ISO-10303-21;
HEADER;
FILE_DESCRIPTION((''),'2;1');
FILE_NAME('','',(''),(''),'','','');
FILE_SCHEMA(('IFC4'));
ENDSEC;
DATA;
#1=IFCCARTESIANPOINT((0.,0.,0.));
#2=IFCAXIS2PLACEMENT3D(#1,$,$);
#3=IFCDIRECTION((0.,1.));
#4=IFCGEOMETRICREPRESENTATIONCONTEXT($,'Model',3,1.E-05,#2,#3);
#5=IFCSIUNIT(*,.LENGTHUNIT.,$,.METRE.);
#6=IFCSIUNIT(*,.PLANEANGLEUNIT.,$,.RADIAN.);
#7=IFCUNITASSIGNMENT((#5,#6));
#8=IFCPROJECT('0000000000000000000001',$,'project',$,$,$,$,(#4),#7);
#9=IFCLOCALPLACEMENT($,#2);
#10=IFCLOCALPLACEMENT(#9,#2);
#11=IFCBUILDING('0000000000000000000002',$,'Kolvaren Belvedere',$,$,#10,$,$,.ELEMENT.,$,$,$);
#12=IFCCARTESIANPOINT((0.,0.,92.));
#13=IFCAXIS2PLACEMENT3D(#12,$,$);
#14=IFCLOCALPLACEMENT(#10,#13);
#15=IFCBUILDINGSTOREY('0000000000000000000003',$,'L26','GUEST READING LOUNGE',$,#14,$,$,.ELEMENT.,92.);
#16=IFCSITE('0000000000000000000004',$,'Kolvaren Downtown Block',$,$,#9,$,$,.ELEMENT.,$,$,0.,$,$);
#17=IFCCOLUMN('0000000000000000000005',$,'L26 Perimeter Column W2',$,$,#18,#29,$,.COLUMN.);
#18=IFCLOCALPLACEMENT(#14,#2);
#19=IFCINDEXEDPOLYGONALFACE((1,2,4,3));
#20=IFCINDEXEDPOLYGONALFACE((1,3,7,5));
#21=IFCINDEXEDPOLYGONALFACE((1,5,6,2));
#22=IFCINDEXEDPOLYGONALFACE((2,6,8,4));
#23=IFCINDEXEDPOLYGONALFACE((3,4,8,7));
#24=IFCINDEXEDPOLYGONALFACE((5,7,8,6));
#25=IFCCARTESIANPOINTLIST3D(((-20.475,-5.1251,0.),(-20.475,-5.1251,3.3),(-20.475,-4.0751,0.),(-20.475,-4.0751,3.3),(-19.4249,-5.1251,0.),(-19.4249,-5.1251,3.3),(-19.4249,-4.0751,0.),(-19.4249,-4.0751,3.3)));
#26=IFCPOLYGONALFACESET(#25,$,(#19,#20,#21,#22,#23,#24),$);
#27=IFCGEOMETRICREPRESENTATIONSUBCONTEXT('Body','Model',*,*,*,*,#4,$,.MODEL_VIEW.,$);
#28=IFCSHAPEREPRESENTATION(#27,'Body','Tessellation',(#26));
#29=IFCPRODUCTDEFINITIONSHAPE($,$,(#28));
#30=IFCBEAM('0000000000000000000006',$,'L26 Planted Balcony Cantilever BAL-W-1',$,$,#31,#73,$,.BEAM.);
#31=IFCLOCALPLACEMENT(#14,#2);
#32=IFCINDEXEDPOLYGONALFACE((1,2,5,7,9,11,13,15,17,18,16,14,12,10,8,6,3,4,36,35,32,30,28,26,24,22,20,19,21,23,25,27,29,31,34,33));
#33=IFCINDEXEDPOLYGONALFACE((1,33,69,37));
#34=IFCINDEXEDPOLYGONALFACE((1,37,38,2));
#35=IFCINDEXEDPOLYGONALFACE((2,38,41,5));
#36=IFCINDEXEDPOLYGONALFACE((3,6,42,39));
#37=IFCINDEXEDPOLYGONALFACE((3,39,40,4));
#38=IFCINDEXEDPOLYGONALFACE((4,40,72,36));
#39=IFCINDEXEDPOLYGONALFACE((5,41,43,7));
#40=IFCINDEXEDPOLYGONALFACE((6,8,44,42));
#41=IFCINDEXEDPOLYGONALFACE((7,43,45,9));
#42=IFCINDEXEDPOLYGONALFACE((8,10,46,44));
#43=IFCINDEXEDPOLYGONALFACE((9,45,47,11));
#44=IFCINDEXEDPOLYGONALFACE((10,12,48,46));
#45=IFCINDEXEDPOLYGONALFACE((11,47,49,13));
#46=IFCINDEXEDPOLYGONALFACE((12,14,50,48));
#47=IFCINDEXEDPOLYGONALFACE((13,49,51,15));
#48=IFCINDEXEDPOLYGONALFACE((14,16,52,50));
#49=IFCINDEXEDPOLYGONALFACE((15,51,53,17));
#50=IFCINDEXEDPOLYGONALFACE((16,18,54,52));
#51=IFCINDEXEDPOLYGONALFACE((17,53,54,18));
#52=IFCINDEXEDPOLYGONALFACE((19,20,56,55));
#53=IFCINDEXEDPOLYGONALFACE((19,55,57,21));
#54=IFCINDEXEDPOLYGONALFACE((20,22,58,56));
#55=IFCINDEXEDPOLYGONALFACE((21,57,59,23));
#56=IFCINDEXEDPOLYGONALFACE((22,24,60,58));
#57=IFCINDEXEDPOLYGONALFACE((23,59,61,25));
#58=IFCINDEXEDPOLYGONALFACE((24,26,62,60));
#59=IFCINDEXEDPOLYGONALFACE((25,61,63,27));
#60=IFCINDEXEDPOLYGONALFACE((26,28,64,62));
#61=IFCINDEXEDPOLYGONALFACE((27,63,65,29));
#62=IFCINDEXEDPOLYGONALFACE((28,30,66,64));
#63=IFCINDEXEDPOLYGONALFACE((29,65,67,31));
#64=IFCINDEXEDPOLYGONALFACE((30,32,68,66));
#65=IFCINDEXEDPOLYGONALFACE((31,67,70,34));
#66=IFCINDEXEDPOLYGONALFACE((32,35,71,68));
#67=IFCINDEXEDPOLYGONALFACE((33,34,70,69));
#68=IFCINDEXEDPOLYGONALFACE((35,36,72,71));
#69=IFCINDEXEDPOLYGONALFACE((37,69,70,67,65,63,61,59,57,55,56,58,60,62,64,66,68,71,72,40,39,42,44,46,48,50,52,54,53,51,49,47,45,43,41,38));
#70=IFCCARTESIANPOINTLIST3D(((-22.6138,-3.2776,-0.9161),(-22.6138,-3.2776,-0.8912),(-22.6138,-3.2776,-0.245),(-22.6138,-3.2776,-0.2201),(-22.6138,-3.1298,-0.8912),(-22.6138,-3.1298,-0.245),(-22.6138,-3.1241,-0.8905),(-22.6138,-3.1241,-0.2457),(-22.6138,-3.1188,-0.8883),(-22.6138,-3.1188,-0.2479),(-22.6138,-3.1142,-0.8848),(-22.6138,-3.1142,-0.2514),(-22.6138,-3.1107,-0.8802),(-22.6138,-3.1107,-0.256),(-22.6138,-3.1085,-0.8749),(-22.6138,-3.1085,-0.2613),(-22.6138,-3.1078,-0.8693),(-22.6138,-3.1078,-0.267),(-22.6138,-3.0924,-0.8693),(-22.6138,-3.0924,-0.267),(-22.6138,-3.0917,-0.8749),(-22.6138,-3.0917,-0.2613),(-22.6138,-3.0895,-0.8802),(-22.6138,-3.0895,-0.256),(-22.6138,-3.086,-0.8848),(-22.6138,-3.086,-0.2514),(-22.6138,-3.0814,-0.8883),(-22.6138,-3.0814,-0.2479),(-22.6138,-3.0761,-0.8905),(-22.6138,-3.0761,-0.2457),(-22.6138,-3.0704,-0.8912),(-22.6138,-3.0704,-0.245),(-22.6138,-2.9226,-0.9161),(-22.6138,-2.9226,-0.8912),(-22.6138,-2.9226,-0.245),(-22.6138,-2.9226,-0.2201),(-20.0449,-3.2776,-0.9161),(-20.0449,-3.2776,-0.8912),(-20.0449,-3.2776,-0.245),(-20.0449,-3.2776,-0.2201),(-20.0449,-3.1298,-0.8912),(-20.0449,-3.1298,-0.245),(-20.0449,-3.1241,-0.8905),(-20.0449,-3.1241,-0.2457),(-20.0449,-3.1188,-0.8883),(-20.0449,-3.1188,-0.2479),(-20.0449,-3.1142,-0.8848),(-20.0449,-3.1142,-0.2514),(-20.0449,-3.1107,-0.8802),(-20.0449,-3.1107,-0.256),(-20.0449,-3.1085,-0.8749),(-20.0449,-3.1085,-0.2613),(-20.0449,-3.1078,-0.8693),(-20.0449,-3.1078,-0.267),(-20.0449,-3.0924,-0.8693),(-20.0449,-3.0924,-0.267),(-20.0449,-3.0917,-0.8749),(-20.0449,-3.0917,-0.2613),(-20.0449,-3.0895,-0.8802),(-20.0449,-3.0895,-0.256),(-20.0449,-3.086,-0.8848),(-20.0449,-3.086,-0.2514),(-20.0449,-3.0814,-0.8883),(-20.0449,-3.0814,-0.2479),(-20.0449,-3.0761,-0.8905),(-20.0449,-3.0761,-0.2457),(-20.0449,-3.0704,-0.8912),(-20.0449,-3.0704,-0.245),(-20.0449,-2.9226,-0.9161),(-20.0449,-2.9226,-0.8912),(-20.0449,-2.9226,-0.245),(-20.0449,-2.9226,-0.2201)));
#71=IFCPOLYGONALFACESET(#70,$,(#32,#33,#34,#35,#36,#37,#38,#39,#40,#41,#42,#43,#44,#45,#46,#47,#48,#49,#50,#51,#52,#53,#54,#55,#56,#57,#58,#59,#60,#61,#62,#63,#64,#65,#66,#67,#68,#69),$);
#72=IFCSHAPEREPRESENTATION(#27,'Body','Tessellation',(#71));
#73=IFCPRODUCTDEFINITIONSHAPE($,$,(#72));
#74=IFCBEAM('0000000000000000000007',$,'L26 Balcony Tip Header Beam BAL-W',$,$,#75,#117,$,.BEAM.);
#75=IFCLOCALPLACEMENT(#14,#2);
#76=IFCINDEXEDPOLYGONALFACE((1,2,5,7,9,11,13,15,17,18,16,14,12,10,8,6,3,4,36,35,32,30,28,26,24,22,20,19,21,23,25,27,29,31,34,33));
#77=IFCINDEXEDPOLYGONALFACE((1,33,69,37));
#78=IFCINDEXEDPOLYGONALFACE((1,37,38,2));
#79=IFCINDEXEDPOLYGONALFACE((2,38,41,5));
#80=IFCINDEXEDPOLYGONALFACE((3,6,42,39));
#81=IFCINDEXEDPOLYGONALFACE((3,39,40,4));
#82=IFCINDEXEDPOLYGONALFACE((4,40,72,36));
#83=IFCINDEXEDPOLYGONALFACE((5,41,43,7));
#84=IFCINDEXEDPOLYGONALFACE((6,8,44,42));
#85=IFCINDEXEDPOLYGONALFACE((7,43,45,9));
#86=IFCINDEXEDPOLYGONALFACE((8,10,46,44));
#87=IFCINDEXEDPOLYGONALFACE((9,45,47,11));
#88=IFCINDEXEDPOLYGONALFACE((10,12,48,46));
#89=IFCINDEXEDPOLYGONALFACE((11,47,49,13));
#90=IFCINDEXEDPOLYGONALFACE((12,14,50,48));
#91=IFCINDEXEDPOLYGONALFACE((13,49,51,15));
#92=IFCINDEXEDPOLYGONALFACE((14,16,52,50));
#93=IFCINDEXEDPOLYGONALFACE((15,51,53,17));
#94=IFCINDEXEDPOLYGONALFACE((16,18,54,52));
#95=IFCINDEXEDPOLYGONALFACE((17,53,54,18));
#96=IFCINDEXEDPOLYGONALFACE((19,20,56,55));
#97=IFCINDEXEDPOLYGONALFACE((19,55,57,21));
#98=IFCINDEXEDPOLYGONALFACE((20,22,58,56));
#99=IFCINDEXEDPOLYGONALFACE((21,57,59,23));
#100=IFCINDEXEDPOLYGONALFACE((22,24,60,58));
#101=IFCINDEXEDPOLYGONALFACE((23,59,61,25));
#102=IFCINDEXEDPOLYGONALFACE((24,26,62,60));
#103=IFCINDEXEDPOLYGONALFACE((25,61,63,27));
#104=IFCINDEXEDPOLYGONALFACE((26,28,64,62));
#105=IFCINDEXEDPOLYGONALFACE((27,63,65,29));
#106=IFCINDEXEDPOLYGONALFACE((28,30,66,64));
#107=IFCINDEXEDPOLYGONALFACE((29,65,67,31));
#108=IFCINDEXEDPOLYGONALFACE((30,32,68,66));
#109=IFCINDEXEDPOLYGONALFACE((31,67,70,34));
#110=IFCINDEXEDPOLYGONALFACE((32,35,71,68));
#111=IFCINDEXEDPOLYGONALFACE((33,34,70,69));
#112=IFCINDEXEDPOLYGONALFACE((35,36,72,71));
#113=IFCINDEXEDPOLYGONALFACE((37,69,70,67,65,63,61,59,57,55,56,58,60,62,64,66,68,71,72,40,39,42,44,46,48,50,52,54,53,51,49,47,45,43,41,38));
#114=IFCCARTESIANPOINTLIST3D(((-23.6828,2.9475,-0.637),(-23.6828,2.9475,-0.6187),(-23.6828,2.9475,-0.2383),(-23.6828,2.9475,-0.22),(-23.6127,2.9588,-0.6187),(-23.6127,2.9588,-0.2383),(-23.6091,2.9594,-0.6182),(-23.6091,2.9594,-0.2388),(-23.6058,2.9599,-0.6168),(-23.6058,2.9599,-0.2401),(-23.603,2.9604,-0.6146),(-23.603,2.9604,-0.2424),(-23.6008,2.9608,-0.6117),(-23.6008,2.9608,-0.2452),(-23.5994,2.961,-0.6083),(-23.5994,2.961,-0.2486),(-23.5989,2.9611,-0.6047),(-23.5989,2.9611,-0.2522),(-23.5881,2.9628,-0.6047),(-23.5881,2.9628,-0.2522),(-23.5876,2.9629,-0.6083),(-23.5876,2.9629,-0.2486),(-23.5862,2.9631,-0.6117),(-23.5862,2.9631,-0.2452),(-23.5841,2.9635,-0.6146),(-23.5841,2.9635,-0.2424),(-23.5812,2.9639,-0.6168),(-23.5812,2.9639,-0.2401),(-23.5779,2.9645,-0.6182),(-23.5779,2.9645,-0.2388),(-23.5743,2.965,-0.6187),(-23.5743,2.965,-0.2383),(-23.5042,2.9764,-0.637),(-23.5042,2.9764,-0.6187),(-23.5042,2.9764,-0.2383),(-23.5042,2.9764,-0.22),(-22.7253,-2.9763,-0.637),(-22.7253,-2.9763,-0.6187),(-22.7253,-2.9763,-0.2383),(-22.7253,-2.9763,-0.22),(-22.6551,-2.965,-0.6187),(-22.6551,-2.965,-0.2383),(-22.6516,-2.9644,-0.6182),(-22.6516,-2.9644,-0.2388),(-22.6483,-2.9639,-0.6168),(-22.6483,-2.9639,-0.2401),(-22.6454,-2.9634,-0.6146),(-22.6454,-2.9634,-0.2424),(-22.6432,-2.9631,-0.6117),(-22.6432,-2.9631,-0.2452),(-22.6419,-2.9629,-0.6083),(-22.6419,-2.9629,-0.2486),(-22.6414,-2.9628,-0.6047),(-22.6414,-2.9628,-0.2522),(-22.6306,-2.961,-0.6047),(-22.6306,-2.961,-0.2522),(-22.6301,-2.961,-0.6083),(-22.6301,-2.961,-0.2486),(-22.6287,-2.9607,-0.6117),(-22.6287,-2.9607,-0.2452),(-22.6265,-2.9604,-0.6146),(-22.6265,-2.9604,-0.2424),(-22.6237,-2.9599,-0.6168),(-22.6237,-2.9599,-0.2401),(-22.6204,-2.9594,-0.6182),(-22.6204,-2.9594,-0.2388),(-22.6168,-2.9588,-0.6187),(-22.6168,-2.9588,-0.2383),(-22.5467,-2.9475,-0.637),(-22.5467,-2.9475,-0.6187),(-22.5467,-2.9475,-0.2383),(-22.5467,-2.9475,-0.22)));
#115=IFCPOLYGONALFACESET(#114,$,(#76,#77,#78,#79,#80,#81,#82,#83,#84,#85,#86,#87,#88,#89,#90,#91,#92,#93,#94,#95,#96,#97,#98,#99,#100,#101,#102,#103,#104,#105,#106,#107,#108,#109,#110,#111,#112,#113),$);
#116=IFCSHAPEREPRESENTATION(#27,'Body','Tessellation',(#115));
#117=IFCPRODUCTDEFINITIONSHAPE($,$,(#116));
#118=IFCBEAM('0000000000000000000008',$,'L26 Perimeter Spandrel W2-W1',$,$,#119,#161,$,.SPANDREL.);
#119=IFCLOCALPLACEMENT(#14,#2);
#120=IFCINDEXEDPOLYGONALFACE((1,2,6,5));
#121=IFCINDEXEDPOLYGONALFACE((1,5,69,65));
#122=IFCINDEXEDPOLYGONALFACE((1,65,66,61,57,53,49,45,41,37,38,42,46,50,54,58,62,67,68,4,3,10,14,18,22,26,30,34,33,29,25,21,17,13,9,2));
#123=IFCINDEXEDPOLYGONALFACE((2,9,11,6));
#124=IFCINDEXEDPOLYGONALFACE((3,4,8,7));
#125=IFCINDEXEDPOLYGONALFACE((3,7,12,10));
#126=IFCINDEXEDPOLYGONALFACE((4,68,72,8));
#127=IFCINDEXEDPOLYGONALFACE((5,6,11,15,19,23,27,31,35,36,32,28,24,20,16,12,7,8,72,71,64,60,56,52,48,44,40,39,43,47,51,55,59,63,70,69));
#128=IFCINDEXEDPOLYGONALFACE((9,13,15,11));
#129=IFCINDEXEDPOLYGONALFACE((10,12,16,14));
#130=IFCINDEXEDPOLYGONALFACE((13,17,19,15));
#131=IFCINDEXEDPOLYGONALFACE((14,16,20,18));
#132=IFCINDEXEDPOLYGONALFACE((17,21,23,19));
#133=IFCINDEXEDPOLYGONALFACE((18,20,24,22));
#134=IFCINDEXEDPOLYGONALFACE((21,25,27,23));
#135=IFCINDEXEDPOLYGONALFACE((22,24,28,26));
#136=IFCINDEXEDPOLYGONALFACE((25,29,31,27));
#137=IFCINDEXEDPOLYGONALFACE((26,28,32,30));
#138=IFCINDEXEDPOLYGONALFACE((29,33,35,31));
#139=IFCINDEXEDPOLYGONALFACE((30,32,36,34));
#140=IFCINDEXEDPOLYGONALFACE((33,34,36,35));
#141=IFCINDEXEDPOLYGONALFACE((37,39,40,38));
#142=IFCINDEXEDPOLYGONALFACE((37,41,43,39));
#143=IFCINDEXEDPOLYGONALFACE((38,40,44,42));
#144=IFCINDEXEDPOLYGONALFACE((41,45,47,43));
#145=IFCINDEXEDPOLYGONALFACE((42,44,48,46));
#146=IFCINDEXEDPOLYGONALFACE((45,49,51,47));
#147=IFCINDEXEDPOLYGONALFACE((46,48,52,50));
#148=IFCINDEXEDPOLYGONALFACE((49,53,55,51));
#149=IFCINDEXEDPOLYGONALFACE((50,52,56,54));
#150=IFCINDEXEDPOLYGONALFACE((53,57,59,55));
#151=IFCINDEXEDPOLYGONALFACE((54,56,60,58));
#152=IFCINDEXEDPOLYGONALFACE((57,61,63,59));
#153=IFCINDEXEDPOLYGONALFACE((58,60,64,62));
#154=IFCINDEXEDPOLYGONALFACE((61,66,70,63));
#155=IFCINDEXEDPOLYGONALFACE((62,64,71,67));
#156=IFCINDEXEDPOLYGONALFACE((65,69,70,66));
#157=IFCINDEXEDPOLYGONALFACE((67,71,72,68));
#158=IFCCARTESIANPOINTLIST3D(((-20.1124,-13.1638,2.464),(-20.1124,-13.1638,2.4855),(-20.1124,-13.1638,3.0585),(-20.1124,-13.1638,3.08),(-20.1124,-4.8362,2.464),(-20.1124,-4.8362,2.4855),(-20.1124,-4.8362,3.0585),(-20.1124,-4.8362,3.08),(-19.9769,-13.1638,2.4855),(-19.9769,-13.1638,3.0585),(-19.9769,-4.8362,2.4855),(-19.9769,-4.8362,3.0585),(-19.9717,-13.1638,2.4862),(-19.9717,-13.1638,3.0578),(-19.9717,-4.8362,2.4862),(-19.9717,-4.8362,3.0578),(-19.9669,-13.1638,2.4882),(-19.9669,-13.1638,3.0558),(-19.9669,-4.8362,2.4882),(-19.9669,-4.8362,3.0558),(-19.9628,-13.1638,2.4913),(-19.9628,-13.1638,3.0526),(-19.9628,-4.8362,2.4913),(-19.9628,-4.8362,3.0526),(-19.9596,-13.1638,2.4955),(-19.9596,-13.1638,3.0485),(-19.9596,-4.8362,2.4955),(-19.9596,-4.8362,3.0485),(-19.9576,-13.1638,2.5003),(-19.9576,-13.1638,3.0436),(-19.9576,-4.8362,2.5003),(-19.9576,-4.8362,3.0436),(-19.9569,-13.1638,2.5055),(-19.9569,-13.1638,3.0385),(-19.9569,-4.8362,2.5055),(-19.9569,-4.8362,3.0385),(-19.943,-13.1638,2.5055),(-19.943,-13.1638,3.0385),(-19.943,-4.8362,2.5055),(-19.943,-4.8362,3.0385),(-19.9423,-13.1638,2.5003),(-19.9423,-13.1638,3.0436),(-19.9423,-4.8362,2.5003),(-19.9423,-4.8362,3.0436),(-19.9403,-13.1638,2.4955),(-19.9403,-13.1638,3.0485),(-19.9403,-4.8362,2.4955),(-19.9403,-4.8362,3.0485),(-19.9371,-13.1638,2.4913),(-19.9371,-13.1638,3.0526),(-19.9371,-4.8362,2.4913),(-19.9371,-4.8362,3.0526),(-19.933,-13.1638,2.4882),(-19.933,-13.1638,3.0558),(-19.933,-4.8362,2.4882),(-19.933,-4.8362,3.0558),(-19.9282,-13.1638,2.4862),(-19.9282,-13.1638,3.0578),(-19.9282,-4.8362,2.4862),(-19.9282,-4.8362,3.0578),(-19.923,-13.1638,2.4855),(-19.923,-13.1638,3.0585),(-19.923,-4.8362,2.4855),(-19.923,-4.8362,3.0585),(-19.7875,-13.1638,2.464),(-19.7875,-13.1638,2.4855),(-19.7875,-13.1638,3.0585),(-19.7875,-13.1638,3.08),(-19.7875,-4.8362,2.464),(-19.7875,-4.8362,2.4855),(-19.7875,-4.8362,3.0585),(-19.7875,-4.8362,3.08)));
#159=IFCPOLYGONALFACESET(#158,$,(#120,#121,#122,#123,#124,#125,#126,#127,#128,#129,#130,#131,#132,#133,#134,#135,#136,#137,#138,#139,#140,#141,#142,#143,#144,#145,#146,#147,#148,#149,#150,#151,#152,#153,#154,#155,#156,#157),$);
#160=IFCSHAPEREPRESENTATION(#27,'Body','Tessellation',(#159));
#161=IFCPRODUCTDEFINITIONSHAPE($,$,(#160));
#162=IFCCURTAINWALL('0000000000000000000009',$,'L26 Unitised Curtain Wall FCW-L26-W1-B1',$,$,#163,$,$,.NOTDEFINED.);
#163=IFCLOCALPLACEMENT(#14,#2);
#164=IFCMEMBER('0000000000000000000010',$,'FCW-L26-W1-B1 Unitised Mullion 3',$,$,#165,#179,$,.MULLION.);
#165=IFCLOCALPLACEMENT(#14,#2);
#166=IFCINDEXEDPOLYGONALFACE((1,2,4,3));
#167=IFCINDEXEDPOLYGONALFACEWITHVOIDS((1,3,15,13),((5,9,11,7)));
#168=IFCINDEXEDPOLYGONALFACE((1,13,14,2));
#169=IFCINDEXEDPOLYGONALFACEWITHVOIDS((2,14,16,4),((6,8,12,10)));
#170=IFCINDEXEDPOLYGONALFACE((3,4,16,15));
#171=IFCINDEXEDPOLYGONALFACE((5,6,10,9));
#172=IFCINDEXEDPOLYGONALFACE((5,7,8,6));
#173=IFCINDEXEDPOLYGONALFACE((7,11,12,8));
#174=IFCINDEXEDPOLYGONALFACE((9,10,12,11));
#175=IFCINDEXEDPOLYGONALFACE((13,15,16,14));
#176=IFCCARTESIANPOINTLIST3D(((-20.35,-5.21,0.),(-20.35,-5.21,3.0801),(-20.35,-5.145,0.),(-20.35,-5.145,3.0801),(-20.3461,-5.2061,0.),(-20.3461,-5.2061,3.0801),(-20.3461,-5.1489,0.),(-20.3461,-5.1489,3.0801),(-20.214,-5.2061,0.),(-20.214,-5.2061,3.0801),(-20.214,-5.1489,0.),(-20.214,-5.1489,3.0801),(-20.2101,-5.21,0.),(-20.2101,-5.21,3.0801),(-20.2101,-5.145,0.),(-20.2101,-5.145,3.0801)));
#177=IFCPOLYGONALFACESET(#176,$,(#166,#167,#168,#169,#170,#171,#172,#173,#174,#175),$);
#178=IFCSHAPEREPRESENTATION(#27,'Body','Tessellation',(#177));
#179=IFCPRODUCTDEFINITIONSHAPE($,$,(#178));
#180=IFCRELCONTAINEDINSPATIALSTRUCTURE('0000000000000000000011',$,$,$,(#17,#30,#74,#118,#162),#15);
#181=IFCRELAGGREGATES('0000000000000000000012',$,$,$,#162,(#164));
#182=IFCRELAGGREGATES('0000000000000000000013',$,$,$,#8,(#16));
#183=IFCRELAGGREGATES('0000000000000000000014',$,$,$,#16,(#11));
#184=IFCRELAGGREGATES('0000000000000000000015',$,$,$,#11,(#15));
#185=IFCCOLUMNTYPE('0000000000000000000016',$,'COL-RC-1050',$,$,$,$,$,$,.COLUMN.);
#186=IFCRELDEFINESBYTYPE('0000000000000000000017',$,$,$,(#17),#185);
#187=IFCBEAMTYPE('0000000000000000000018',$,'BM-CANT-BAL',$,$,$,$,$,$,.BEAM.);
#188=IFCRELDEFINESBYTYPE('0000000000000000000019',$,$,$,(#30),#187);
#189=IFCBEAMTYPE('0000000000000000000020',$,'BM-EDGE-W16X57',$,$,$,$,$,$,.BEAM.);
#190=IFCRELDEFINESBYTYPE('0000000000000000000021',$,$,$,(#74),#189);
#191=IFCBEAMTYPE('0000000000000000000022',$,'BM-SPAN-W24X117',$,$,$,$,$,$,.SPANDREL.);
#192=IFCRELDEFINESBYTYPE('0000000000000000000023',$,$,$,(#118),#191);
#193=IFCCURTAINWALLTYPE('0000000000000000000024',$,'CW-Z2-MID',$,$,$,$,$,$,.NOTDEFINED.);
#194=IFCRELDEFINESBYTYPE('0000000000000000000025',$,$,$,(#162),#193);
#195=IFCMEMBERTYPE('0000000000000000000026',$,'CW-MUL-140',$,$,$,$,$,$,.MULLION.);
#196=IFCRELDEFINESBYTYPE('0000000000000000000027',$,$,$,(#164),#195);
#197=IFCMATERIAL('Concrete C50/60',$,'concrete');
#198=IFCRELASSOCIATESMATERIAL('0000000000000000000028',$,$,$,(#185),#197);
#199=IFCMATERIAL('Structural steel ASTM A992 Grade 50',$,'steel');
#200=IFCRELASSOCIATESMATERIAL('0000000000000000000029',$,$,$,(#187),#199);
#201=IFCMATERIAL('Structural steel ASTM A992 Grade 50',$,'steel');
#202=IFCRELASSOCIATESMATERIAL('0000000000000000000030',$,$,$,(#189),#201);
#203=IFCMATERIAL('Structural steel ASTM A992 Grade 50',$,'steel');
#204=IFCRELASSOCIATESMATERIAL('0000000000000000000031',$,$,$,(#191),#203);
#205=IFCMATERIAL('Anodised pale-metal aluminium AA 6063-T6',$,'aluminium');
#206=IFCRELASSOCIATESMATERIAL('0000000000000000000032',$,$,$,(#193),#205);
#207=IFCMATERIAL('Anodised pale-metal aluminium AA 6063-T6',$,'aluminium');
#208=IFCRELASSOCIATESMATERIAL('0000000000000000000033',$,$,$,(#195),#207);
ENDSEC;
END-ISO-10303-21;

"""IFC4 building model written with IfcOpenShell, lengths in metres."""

from ifc_helpers import new_model, si_unit, direction, frame, origin, origin_2d, place, context, subcontext, project, spatial, rectangle, hollow_rectangle, i_section, extrude, material, material_profile, profile_set, type_object, element, aggregate, save


model = new_model("IFC4")

# Units and contexts
model_context = context("Model", 3, precision=1e-05, world=origin(), true_north=direction((0.0, 1.0)))
body_context = subcontext(model_context, "Body", "Model", "MODEL_VIEW")
ifc_project = project(units=[si_unit("LENGTHUNIT", "METRE"), si_unit("PLANEANGLEUNIT", "RADIAN")], contexts=[model_context])

# Site, building, storey
site_placement = place(None, origin())
site = spatial("IfcSite", under=ifc_project, at=site_placement, Name="Kolvaren Downtown Block", CompositionType="ELEMENT", RefElevation=0.0)
building_placement = place(site_placement, origin())
building = spatial("IfcBuilding", under=site, at=building_placement, Name="Kolvaren Belvedere", CompositionType="ELEMENT")
storey_placement = place(building_placement, frame((0.0, 0.0, 92.0)))
storey = spatial("IfcBuildingStorey", under=building, at=storey_placement, Name="L26", Description="GUEST READING LOUNGE", CompositionType="ELEMENT", Elevation=92.0)

# Column
ifc_material_1 = material(Name="Concrete C50/60", Category="concrete")
ifc_material_profile_1 = material_profile(ifc_material_1, rectangle(XDim=1.05, YDim=1.05, at=origin_2d()), Name="RC 1050X1050")
ifc_profile_set_1 = profile_set([ifc_material_profile_1], Name="Concrete C50/60")
column_type = type_object("IfcColumnType", Name="COL-RC-1050", PredefinedType="COLUMN", material=ifc_profile_set_1)
column_placement = place(storey_placement, frame((-19.95, -4.6001, 0.0), z_axis=(0.0, 0.0, 1.0), x_axis=(1.0, 0.0, 0.0)))
element("IfcColumn", 1, at=column_placement, inside=storey, type_object=column_type, Name="L26 Perimeter Column W2", PredefinedType="COLUMN", context=body_context, shape_type="SweptSolid", body=[
    extrude(rectangle(XDim=1.05, YDim=1.05, at=origin_2d()), origin(), (0.0, 0.0, 1.0), 3.3),
])

# Beams
ifc_material_2 = material(Name="Structural steel ASTM A992 Grade 50", Category="steel")
ifc_material_profile_2 = material_profile(ifc_material_2, i_section(OverallWidth=0.355, OverallDepth=0.696, WebThickness=0.0154, FlangeThickness=0.0249, FilletRadius=0.022, at=origin_2d()), Name="W27X146")
ifc_profile_set_2 = profile_set([ifc_material_profile_2], Name="Structural steel ASTM A992 Grade 50")
beam_type_1 = type_object("IfcBeamType", Name="BM-CANT-BAL", PredefinedType="BEAM", material=ifc_profile_set_2)
beam_1_placement = place(storey_placement, frame((-20.0449, -3.1001, -0.5681), z_axis=(-1.0, 0.0, 0.0), x_axis=(0.0, -1.0, 0.0)))
element("IfcBeam", 2, at=beam_1_placement, inside=storey, type_object=beam_type_1, Name="L26 Planted Balcony Cantilever BAL-W-1", PredefinedType="BEAM", context=body_context, shape_type="SweptSolid", body=[
    extrude(i_section(OverallWidth=0.355, OverallDepth=0.696, WebThickness=0.0154, FlangeThickness=0.0249, FilletRadius=0.022, at=origin_2d()), origin(), (0.0, 0.0, 1.0), 2.5688),
])
ifc_material_3 = material(Name="Structural steel ASTM A992 Grade 50", Category="steel")
ifc_material_profile_3 = material_profile(ifc_material_3, i_section(OverallWidth=0.1809, OverallDepth=0.417, WebThickness=0.011, FlangeThickness=0.0183, FilletRadius=0.0139, at=origin_2d()), Name="W16X57")
ifc_profile_set_3 = profile_set([ifc_material_profile_3], Name="Structural steel ASTM A992 Grade 50")
beam_type_2 = type_object("IfcBeamType", Name="BM-EDGE-W16X57", PredefinedType="BEAM", material=ifc_profile_set_3)
beam_2_placement = place(storey_placement, frame((-22.636, -2.9619, -0.4285), z_axis=(-0.159568, 0.987187, 0.0), x_axis=(-0.987187, -0.159568, 0.0)))
element("IfcBeam", 3, at=beam_2_placement, inside=storey, type_object=beam_type_2, Name="L26 Balcony Tip Header Beam BAL-W", PredefinedType="BEAM", context=body_context, shape_type="SweptSolid", body=[
    extrude(i_section(OverallWidth=0.1809, OverallDepth=0.417, WebThickness=0.011, FlangeThickness=0.0183, FilletRadius=0.0139, at=origin_2d()), origin(), (0.0, 0.0, 1.0), 6.0007),
])
ifc_material_4 = material(Name="Structural steel ASTM A992 Grade 50", Category="steel")
ifc_material_profile_4 = material_profile(ifc_material_4, i_section(OverallWidth=0.325, OverallDepth=0.616, WebThickness=0.0139, FlangeThickness=0.0215, FilletRadius=0.02, at=origin_2d()), Name="W24X117")
ifc_profile_set_4 = profile_set([ifc_material_profile_4], Name="Structural steel ASTM A992 Grade 50")
beam_type_3 = type_object("IfcBeamType", Name="BM-SPAN-W24X117", PredefinedType="SPANDREL", material=ifc_profile_set_4)
beam_3_placement = place(storey_placement, frame((-19.95, -4.8362, 2.772), z_axis=(0.0, -1.0, 0.0), x_axis=(1.0, 0.0, 0.0)))
element("IfcBeam", 4, at=beam_3_placement, inside=storey, type_object=beam_type_3, Name="L26 Perimeter Spandrel W2-W1", PredefinedType="SPANDREL", context=body_context, shape_type="SweptSolid", body=[
    extrude(i_section(OverallWidth=0.325, OverallDepth=0.616, WebThickness=0.0139, FlangeThickness=0.0215, FilletRadius=0.02, at=origin_2d()), origin(), (0.0, 0.0, 1.0), 8.3276),
])

# Curtain wall, member
ifc_material_5 = material(Name="Anodised pale-metal aluminium AA 6063-T6", Category="aluminium")
curtain_wall_type = type_object("IfcCurtainWallType", Name="CW-Z2-MID", PredefinedType="NOTDEFINED", material=ifc_material_5)
curtain_wall_1_placement = place(storey_placement, origin())
curtain_wall_1 = element("IfcCurtainWall", 5, at=curtain_wall_1_placement, inside=storey, type_object=curtain_wall_type, Name="L26 Unitised Curtain Wall FCW-L26-W1-B1", PredefinedType="NOTDEFINED")
ifc_material_6 = material(Name="Anodised pale-metal aluminium AA 6063-T6", Category="aluminium")
ifc_material_profile_5 = material_profile(ifc_material_6, hollow_rectangle(XDim=0.0649, YDim=0.1399, WallThickness=0.0039, at=origin_2d()), Name="ALU-MUL-140X65")
ifc_profile_set_5 = profile_set([ifc_material_profile_5], Name="Anodised pale-metal aluminium AA 6063-T6")
member_type_1 = type_object("IfcMemberType", Name="CW-MUL-140", PredefinedType="MULLION", material=ifc_profile_set_5)
member_1_placement = place(storey_placement, frame((-20.28, -5.1775, 0.0), z_axis=(0.0, 0.0, 1.0), x_axis=(0.0, 1.0, 0.0)))
member_1 = element("IfcMember", 6, at=member_1_placement, type_object=member_type_1, Name="FCW-L26-W1-B1 Unitised Mullion 3", PredefinedType="MULLION", context=body_context, shape_type="SweptSolid", body=[
    extrude(hollow_rectangle(XDim=0.0649, YDim=0.1399, WallThickness=0.0039, at=origin_2d()), origin(), (0.0, 0.0, 1.0), 3.0801),
])
aggregate(curtain_wall_1, [member_1])

save(model, "model.ifc")
